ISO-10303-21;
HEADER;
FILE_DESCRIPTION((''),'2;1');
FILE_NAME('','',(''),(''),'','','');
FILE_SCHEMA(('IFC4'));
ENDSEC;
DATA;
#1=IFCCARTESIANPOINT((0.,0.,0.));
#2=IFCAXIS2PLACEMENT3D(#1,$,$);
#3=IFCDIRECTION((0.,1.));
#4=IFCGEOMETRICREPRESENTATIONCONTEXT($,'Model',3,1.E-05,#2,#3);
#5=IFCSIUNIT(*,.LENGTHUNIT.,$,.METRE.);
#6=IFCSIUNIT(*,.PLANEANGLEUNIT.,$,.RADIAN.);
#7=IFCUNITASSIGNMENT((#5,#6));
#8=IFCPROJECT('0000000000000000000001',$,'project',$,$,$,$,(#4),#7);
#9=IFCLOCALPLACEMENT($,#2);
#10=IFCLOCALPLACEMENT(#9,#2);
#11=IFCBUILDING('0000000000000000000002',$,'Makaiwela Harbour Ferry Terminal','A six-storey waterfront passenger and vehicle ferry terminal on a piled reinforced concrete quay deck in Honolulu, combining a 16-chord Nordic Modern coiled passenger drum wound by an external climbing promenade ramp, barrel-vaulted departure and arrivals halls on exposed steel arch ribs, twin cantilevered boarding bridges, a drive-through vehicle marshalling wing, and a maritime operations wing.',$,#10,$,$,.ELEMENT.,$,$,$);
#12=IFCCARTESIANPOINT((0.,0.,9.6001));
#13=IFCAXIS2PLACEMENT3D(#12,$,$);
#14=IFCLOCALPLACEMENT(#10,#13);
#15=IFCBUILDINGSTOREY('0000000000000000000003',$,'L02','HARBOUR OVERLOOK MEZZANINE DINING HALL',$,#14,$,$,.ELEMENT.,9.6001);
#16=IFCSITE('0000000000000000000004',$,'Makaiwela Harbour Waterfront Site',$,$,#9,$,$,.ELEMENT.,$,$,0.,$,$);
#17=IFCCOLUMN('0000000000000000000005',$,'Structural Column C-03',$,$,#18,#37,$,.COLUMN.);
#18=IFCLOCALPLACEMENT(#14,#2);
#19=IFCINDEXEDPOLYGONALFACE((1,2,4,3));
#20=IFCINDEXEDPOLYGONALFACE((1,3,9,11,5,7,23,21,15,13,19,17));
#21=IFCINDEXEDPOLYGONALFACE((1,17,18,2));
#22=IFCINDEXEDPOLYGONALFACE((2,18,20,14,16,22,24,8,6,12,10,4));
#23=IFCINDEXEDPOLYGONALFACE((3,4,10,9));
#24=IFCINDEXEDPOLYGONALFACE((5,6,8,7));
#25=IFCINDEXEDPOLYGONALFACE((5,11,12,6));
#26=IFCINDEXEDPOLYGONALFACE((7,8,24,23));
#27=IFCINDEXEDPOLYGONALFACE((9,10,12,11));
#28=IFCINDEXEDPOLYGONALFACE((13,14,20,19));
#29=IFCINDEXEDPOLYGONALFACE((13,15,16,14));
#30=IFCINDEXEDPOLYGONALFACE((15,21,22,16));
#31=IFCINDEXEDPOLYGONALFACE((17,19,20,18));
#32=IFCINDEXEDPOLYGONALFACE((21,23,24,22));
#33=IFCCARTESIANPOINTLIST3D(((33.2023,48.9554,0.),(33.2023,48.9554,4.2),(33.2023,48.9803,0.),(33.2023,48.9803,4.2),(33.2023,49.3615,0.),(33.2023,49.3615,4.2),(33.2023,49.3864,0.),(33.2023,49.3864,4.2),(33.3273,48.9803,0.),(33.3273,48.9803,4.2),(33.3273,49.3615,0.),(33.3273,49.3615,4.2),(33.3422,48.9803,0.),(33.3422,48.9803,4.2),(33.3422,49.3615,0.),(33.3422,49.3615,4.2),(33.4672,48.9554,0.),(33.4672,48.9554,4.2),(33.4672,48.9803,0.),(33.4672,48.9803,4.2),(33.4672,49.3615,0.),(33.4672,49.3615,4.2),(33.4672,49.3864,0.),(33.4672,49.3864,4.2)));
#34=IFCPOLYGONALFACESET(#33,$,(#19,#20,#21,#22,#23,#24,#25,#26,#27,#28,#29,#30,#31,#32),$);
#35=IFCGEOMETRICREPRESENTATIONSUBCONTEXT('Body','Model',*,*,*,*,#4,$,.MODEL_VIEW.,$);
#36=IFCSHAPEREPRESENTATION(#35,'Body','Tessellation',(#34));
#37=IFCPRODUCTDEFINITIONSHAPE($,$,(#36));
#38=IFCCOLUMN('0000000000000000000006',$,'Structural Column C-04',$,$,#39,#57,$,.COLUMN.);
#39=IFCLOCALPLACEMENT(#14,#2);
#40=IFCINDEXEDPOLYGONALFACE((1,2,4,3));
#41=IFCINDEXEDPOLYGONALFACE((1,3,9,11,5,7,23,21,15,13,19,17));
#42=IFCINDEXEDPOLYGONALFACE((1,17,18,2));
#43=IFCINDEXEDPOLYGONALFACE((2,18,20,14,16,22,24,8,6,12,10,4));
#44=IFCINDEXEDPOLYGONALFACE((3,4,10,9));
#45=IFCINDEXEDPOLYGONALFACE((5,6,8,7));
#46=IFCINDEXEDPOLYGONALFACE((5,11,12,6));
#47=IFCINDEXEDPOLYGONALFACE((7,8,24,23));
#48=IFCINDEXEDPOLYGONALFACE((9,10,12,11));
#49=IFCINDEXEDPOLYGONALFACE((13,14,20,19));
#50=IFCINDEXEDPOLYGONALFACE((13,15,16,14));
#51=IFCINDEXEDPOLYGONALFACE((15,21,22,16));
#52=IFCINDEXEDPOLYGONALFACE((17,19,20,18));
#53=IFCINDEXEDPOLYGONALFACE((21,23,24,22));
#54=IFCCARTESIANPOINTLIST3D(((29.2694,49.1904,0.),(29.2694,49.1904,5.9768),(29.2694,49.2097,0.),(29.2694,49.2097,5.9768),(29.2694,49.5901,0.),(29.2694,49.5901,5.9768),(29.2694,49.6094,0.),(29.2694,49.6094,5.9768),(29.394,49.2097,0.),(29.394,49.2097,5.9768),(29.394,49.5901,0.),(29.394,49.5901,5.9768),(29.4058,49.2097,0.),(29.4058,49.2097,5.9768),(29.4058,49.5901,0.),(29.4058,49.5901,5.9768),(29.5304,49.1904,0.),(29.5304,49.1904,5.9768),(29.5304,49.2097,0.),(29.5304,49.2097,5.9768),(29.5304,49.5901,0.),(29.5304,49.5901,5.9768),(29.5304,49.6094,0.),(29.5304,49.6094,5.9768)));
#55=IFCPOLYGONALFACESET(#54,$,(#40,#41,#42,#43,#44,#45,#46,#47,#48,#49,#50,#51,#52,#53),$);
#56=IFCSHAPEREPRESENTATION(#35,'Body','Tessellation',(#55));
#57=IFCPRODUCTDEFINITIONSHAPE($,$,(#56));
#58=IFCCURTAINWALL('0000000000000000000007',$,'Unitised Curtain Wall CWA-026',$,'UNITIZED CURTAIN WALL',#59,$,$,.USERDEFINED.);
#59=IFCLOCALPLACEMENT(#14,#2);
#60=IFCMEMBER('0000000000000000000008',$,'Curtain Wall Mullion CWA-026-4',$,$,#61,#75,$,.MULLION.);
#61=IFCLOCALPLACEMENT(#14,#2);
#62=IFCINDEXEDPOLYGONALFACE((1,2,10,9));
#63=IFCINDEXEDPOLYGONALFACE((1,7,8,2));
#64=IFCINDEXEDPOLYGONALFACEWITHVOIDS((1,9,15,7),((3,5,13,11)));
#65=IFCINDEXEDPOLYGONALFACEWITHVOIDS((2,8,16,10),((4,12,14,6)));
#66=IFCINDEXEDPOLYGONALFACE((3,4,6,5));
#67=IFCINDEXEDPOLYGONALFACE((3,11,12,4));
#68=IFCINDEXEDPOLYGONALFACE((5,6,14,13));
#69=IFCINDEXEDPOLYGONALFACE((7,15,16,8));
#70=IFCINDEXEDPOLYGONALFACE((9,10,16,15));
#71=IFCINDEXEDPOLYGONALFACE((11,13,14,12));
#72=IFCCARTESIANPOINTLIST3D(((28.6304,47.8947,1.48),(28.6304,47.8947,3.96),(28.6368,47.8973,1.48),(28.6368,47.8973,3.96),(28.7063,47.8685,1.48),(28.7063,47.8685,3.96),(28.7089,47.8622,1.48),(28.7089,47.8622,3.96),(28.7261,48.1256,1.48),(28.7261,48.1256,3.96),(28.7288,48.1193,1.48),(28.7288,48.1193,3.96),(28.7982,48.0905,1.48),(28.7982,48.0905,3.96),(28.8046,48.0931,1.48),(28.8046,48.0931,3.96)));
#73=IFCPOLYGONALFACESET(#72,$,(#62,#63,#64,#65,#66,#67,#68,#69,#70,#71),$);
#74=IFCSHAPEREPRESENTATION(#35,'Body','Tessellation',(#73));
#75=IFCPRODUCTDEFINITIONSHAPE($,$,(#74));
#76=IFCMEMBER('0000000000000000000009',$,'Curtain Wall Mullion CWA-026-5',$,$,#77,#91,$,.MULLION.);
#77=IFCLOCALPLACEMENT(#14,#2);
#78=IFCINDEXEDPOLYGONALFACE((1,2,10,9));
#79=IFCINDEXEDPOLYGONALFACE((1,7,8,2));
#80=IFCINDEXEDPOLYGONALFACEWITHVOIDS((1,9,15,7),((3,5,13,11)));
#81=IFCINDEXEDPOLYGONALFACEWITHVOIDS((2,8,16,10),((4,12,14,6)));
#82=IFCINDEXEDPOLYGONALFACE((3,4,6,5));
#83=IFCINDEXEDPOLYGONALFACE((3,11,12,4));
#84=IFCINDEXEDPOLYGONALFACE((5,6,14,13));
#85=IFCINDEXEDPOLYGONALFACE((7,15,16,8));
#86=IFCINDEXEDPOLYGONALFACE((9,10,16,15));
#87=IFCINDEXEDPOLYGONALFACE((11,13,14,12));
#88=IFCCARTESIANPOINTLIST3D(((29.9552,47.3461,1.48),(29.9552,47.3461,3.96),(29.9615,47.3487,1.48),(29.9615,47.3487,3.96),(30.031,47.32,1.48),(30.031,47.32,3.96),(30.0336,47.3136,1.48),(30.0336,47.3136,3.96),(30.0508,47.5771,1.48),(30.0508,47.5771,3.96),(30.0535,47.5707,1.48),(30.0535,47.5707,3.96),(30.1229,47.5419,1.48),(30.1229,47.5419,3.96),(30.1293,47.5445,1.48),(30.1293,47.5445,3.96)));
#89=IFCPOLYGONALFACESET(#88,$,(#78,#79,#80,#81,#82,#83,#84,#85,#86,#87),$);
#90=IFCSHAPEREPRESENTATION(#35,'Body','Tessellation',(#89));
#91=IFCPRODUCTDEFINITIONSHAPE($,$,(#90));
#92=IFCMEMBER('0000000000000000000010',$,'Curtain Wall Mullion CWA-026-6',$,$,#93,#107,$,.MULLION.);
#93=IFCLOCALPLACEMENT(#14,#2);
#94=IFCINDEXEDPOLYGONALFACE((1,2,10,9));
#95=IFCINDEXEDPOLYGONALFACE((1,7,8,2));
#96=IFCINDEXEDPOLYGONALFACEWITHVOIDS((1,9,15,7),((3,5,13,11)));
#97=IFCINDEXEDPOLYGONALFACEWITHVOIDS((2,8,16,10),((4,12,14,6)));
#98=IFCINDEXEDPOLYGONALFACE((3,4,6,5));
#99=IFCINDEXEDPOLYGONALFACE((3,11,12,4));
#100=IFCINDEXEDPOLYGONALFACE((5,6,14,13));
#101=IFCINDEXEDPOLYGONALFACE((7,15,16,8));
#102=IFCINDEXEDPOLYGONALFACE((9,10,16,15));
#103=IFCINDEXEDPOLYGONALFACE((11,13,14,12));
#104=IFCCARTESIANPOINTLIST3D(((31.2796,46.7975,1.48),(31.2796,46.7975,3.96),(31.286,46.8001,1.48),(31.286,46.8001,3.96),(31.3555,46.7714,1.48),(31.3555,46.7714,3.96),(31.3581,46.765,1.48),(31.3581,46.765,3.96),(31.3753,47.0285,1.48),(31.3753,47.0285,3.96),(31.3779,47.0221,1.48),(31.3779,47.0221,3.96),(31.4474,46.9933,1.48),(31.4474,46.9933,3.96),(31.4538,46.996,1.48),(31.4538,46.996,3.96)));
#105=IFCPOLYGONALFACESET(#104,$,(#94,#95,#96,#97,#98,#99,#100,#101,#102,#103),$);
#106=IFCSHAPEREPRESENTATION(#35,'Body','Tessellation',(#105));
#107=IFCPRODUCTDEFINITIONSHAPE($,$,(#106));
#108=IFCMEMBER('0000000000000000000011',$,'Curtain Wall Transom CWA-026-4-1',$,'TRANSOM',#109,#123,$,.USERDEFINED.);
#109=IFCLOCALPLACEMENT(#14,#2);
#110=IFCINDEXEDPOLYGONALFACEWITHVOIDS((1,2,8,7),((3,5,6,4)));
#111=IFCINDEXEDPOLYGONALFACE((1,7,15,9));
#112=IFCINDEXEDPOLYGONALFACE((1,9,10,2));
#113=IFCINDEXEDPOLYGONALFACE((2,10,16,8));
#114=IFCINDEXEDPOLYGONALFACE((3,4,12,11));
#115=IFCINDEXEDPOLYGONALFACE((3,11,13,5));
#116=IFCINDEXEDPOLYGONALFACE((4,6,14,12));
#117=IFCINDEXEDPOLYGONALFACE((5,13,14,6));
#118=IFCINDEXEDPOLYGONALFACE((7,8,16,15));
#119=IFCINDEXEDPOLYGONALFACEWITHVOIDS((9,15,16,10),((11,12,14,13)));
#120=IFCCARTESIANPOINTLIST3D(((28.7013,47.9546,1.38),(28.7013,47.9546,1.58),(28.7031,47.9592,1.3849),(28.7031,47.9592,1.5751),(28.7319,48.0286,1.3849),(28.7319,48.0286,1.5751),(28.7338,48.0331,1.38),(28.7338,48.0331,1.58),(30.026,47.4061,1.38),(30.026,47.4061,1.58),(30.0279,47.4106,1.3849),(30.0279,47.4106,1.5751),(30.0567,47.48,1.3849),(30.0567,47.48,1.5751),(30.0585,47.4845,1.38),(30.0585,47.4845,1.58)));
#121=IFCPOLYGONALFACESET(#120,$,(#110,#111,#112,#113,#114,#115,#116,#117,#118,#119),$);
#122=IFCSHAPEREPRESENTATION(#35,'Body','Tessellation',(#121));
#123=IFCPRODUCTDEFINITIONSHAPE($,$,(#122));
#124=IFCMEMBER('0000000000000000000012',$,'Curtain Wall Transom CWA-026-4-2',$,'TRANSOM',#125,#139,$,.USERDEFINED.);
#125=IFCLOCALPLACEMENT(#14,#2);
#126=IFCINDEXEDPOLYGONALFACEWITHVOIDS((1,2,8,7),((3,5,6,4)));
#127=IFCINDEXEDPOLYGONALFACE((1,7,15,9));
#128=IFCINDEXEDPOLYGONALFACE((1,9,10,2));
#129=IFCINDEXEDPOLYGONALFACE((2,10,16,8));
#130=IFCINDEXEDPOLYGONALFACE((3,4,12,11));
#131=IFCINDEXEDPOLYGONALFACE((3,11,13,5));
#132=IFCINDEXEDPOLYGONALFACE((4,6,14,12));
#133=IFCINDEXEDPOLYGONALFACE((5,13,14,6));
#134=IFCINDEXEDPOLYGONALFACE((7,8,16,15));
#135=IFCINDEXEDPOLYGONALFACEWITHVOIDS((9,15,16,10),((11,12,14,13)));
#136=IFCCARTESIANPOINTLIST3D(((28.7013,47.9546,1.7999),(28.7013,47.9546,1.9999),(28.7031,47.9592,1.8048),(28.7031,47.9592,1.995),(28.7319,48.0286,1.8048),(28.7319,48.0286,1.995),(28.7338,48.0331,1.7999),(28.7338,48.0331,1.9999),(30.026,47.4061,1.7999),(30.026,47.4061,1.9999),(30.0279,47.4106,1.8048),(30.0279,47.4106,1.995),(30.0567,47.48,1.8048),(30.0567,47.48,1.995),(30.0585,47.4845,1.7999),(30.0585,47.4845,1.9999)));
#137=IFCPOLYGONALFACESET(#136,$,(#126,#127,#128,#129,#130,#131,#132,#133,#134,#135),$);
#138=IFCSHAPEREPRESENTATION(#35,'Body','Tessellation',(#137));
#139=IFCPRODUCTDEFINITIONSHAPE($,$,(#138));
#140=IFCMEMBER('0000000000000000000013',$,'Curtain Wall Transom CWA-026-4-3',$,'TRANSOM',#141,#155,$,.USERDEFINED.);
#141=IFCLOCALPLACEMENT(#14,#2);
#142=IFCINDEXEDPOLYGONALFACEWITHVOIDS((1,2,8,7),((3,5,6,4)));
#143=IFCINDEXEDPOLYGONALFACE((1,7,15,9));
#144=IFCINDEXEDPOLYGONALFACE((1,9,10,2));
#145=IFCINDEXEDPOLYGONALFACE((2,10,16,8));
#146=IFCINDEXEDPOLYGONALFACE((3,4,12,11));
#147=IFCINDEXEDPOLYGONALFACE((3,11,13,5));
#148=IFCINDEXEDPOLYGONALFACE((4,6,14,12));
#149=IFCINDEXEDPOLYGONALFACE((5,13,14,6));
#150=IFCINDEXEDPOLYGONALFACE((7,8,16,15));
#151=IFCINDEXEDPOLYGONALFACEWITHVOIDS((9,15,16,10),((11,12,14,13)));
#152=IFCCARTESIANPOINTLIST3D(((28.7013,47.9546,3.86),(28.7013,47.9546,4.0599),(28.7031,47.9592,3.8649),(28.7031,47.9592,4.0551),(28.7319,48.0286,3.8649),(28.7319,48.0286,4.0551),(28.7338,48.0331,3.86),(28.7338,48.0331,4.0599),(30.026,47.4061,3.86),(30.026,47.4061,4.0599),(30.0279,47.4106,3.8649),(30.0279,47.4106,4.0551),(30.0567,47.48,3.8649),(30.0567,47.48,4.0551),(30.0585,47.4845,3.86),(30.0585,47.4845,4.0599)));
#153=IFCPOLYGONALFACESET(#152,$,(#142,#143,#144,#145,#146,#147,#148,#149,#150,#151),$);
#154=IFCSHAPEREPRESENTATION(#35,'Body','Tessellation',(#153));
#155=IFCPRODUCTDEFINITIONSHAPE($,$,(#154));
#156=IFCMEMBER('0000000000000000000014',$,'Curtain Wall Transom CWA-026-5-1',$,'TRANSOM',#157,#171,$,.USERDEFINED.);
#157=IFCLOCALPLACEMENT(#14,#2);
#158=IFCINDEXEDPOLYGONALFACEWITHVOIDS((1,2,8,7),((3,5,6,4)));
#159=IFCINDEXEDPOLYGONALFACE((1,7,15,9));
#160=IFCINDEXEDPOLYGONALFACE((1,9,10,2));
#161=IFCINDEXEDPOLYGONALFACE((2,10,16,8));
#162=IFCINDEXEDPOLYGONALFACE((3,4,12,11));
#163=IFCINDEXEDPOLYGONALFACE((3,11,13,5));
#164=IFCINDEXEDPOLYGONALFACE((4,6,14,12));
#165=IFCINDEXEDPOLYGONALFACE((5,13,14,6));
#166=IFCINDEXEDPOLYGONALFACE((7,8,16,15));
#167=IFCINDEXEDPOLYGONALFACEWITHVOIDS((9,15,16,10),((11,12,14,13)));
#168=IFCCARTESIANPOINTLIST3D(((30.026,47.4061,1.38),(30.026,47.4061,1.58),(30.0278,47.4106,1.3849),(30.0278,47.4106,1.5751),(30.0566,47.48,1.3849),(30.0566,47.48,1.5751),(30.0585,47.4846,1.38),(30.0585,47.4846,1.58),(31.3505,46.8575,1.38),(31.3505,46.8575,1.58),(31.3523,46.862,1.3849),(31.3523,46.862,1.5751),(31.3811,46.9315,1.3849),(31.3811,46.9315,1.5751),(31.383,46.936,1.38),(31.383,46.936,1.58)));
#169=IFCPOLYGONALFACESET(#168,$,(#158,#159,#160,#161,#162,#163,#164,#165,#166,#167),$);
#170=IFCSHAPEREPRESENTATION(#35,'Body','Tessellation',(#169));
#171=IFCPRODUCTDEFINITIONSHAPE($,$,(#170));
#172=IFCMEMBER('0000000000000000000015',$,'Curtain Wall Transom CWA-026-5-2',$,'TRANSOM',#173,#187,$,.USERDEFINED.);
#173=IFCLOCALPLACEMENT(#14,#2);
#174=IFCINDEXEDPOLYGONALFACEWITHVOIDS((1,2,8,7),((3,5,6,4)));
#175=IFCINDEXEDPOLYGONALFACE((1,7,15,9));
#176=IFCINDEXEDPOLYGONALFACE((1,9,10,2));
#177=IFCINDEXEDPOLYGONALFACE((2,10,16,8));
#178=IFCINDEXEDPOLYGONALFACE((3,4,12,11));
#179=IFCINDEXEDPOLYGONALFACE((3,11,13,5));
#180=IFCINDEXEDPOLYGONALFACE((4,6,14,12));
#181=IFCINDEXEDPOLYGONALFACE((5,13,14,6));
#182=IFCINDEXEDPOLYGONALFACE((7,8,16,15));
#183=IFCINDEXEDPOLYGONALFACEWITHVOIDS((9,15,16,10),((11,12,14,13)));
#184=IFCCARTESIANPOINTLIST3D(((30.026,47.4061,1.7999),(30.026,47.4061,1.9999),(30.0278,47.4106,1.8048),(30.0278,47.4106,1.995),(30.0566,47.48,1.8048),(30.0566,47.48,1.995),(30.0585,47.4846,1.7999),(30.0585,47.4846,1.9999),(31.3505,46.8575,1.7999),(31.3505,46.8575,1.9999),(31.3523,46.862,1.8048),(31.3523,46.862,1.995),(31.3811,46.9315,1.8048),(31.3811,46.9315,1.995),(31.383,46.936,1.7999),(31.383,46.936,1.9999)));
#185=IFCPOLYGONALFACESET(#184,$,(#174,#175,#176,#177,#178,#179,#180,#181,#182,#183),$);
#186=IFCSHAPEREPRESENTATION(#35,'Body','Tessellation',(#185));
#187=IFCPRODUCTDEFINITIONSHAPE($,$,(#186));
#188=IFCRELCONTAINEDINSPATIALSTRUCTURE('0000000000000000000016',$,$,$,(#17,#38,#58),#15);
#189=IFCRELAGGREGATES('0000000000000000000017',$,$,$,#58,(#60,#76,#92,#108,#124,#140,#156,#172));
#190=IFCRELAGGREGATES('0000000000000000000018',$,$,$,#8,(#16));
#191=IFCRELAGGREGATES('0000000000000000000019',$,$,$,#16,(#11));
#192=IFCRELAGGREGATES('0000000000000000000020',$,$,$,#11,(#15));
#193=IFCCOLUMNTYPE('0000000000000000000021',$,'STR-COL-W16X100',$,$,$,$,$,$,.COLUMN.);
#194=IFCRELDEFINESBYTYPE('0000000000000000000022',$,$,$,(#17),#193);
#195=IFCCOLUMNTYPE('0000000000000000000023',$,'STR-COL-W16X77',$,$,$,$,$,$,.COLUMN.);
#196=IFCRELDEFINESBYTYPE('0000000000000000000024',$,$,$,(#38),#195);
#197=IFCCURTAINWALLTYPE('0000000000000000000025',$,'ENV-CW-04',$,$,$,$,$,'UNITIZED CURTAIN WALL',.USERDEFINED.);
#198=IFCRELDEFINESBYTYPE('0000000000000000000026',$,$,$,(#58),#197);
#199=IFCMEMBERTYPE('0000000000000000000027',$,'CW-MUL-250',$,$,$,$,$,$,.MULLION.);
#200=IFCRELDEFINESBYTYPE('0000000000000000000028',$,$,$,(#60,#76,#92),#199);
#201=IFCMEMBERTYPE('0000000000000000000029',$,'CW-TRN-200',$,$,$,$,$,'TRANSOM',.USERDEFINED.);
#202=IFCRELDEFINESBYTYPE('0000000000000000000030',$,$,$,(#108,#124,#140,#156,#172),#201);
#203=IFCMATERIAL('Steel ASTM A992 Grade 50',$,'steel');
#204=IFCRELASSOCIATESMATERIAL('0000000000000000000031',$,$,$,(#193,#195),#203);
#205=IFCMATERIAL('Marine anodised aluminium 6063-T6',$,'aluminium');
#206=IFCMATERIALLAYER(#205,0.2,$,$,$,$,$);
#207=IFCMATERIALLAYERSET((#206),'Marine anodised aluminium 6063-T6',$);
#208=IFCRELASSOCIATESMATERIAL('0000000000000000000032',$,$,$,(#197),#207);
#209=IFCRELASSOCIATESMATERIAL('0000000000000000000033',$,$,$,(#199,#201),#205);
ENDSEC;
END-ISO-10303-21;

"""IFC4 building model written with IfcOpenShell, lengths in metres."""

from ifc_helpers import new_model, si_unit, direction, frame, origin, origin_2d, place, context, subcontext, project, spatial, hollow_rectangle, i_section, extrude, material, layer, layer_set, material_profile, profile_set, type_object, element, aggregate, save


model = new_model("IFC4")

# Units and contexts
model_context = context("Model", 3, precision=1e-05, world=origin(), true_north=direction((0.0, 1.0)))
body_context = subcontext(model_context, "Body", "Model", "MODEL_VIEW")
ifc_project = project(units=[si_unit("LENGTHUNIT", "METRE"), si_unit("PLANEANGLEUNIT", "RADIAN")], contexts=[model_context])

# Site, building, storey
site_placement = place(None, origin())
site = spatial("IfcSite", under=ifc_project, at=site_placement, Name="Makaiwela Harbour Waterfront Site", CompositionType="ELEMENT", RefElevation=0.0)
building_placement = place(site_placement, origin())
building = spatial("IfcBuilding", under=site, at=building_placement, Name="Makaiwela Harbour Ferry Terminal", Description="A six-storey waterfront passenger and vehicle ferry terminal on a piled reinforced concrete quay deck in Honolulu, combining a 16-chord Nordic Modern coiled passenger drum wound by an external climbing promenade ramp, barrel-vaulted departure and arrivals halls on exposed steel arch ribs, twin cantilevered boarding bridges, a drive-through vehicle marshalling wing, and a maritime operations wing.", CompositionType="ELEMENT")
storey_placement = place(building_placement, frame((0.0, 0.0, 9.6001)))
storey = spatial("IfcBuildingStorey", under=building, at=storey_placement, Name="L02", Description="HARBOUR OVERLOOK MEZZANINE DINING HALL", CompositionType="ELEMENT", Elevation=9.6001)

# Columns
ifc_material_1 = material(Name="Steel ASTM A992 Grade 50", Category="steel")
ifc_material_profile_1 = material_profile(ifc_material_1, i_section(OverallWidth=0.2649, OverallDepth=0.4309, WebThickness=0.0149, FlangeThickness=0.0249, at=origin_2d()), Name="W16X100")
ifc_profile_set_1 = profile_set([ifc_material_profile_1], Name="Steel ASTM A992 Grade 50")
column_type_1 = type_object("IfcColumnType", Name="STR-COL-W16X100", PredefinedType="COLUMN", material=ifc_profile_set_1)
column_1_placement = place(storey_placement, frame((33.3347, 49.1709, 0.0), z_axis=(0.0, 0.0, 1.0), x_axis=(1.0, 0.0, 0.0)))
element("IfcColumn", 1, at=column_1_placement, inside=storey, type_object=column_type_1, Name="Structural Column C-03", PredefinedType="COLUMN", context=body_context, shape_type="SweptSolid", body=[
    extrude(i_section(OverallWidth=0.2649, OverallDepth=0.4309, WebThickness=0.0149, FlangeThickness=0.0249, at=origin_2d()), origin(), (0.0, 0.0, 1.0), 4.2),
])
ifc_material_profile_2 = material_profile(ifc_material_1, i_section(OverallWidth=0.261, OverallDepth=0.4189, WebThickness=0.0117, FlangeThickness=0.0193, at=origin_2d()), Name="W16X77")
ifc_profile_set_2 = profile_set([ifc_material_profile_2], Name="Steel ASTM A992 Grade 50")
column_type_2 = type_object("IfcColumnType", Name="STR-COL-W16X77", PredefinedType="COLUMN", material=ifc_profile_set_2)
column_2_placement = place(storey_placement, frame((29.3999, 49.3999, 0.0), z_axis=(0.0, 0.0, 1.0), x_axis=(1.0, 0.0, 0.0)))
element("IfcColumn", 2, at=column_2_placement, inside=storey, type_object=column_type_2, Name="Structural Column C-04", PredefinedType="COLUMN", context=body_context, shape_type="SweptSolid", body=[
    extrude(i_section(OverallWidth=0.261, OverallDepth=0.4189, WebThickness=0.0117, FlangeThickness=0.0193, at=origin_2d()), origin(), (0.0, 0.0, 1.0), 5.9768),
])

# Curtain wall, members
ifc_material_2 = material(Name="Marine anodised aluminium 6063-T6", Category="aluminium")
ifc_layer_1 = layer(ifc_material_2, 0.2)
ifc_layer_set_1 = layer_set([ifc_layer_1], Name="Marine anodised aluminium 6063-T6")
curtain_wall_type = type_object("IfcCurtainWallType", Name="ENV-CW-04", ElementType="UNITIZED CURTAIN WALL", PredefinedType="USERDEFINED", material=ifc_layer_set_1)
curtain_wall_placement = place(storey_placement, origin())
curtain_wall = element("IfcCurtainWall", 3, at=curtain_wall_placement, inside=storey, type_object=curtain_wall_type, Name="Unitised Curtain Wall CWA-026", ObjectType="UNITIZED CURTAIN WALL", PredefinedType="USERDEFINED")
ifc_material_profile_3 = material_profile(ifc_material_2, hollow_rectangle(XDim=0.085, YDim=0.25, WallThickness=0.0049, at=origin_2d()), Name="CWM-250X85")
ifc_profile_set_3 = profile_set([ifc_material_profile_3], Name="Marine anodised aluminium 6063-T6")
member_type_1 = type_object("IfcMemberType", Name="CW-MUL-250", PredefinedType="MULLION", material=ifc_profile_set_3)
member_1_placement = place(storey_placement, frame((28.7175, 47.9939, 1.48), z_axis=(0.0, 0.0, 1.0), x_axis=(-0.92388, 0.382683, 0.0)))
member_1 = element("IfcMember", 4, at=member_1_placement, type_object=member_type_1, Name="Curtain Wall Mullion CWA-026-4", PredefinedType="MULLION", context=body_context, shape_type="SweptSolid", body=[
    extrude(hollow_rectangle(XDim=0.085, YDim=0.25, WallThickness=0.0049, at=origin_2d()), origin(), (0.0, 0.0, 1.0), 2.48),
])
member_2_placement = place(storey_placement, frame((30.0422, 47.4453, 1.48), z_axis=(0.0, 0.0, 1.0), x_axis=(-0.92388, 0.382683, 0.0)))
member_2 = element("IfcMember", 5, at=member_2_placement, type_object=member_type_1, Name="Curtain Wall Mullion CWA-026-5", PredefinedType="MULLION", context=body_context, shape_type="SweptSolid", body=[
    extrude(hollow_rectangle(XDim=0.085, YDim=0.25, WallThickness=0.0049, at=origin_2d()), origin(), (0.0, 0.0, 1.0), 2.48),
])
member_3_placement = place(storey_placement, frame((31.3667, 46.8967, 1.48), z_axis=(0.0, 0.0, 1.0), x_axis=(-0.92388, 0.382683, 0.0)))
member_3 = element("IfcMember", 6, at=member_3_placement, type_object=member_type_1, Name="Curtain Wall Mullion CWA-026-6", PredefinedType="MULLION", context=body_context, shape_type="SweptSolid", body=[
    extrude(hollow_rectangle(XDim=0.085, YDim=0.25, WallThickness=0.0049, at=origin_2d()), origin(), (0.0, 0.0, 1.0), 2.48),
])
ifc_material_profile_4 = material_profile(ifc_material_2, hollow_rectangle(XDim=0.085, YDim=0.2, WallThickness=0.0049, at=origin_2d()), Name="CWT-200X85")
ifc_profile_set_4 = profile_set([ifc_material_profile_4], Name="Marine anodised aluminium 6063-T6")
member_type_2 = type_object("IfcMemberType", Name="CW-TRN-200", ElementType="TRANSOM", PredefinedType="USERDEFINED", material=ifc_profile_set_4)
member_4_placement = place(storey_placement, frame((28.7175, 47.9939, 1.48), z_axis=(0.923911, -0.382607, 0.0), x_axis=(0.382607, 0.923911, 0.0)))
member_4 = element("IfcMember", 7, at=member_4_placement, type_object=member_type_2, Name="Curtain Wall Transom CWA-026-4-1", ObjectType="TRANSOM", PredefinedType="USERDEFINED", context=body_context, shape_type="SweptSolid", body=[
    extrude(hollow_rectangle(XDim=0.085, YDim=0.2, WallThickness=0.0049, at=origin_2d()), origin(), (0.0, 0.0, 1.0), 1.4338),
])
member_5_placement = place(storey_placement, frame((28.7175, 47.9939, 1.8999), z_axis=(0.923911, -0.382607, 0.0), x_axis=(0.382607, 0.923911, 0.0)))
member_5 = element("IfcMember", 8, at=member_5_placement, type_object=member_type_2, Name="Curtain Wall Transom CWA-026-4-2", ObjectType="TRANSOM", PredefinedType="USERDEFINED", context=body_context, shape_type="SweptSolid", body=[
    extrude(hollow_rectangle(XDim=0.085, YDim=0.2, WallThickness=0.0049, at=origin_2d()), origin(), (0.0, 0.0, 1.0), 1.4338),
])
member_6_placement = place(storey_placement, frame((28.7175, 47.9939, 3.96), z_axis=(0.923911, -0.382607, 0.0), x_axis=(0.382607, 0.923911, 0.0)))
member_6 = element("IfcMember", 9, at=member_6_placement, type_object=member_type_2, Name="Curtain Wall Transom CWA-026-4-3", ObjectType="TRANSOM", PredefinedType="USERDEFINED", context=body_context, shape_type="SweptSolid", body=[
    extrude(hollow_rectangle(XDim=0.085, YDim=0.2, WallThickness=0.0049, at=origin_2d()), origin(), (0.0, 0.0, 1.0), 1.4338),
])
member_7_placement = place(storey_placement, frame((30.0422, 47.4453, 1.48), z_axis=(0.923886, -0.382668, 0.0), x_axis=(0.382668, 0.923886, 0.0)))
member_7 = element("IfcMember", 10, at=member_7_placement, type_object=member_type_2, Name="Curtain Wall Transom CWA-026-5-1", ObjectType="TRANSOM", PredefinedType="USERDEFINED", context=body_context, shape_type="SweptSolid", body=[
    extrude(hollow_rectangle(XDim=0.085, YDim=0.2, WallThickness=0.0049, at=origin_2d()), origin(), (0.0, 0.0, 1.0), 1.4336),
])
member_8_placement = place(storey_placement, frame((30.0422, 47.4453, 1.8999), z_axis=(0.923886, -0.382668, 0.0), x_axis=(0.382668, 0.923886, 0.0)))
member_8 = element("IfcMember", 11, at=member_8_placement, type_object=member_type_2, Name="Curtain Wall Transom CWA-026-5-2", ObjectType="TRANSOM", PredefinedType="USERDEFINED", context=body_context, shape_type="SweptSolid", body=[
    extrude(hollow_rectangle(XDim=0.085, YDim=0.2, WallThickness=0.0049, at=origin_2d()), origin(), (0.0, 0.0, 1.0), 1.4336),
])

aggregate(curtain_wall, [member_1, member_2, member_3, member_4, member_5, member_6, member_7, member_8])

save(model, "model.ifc")
